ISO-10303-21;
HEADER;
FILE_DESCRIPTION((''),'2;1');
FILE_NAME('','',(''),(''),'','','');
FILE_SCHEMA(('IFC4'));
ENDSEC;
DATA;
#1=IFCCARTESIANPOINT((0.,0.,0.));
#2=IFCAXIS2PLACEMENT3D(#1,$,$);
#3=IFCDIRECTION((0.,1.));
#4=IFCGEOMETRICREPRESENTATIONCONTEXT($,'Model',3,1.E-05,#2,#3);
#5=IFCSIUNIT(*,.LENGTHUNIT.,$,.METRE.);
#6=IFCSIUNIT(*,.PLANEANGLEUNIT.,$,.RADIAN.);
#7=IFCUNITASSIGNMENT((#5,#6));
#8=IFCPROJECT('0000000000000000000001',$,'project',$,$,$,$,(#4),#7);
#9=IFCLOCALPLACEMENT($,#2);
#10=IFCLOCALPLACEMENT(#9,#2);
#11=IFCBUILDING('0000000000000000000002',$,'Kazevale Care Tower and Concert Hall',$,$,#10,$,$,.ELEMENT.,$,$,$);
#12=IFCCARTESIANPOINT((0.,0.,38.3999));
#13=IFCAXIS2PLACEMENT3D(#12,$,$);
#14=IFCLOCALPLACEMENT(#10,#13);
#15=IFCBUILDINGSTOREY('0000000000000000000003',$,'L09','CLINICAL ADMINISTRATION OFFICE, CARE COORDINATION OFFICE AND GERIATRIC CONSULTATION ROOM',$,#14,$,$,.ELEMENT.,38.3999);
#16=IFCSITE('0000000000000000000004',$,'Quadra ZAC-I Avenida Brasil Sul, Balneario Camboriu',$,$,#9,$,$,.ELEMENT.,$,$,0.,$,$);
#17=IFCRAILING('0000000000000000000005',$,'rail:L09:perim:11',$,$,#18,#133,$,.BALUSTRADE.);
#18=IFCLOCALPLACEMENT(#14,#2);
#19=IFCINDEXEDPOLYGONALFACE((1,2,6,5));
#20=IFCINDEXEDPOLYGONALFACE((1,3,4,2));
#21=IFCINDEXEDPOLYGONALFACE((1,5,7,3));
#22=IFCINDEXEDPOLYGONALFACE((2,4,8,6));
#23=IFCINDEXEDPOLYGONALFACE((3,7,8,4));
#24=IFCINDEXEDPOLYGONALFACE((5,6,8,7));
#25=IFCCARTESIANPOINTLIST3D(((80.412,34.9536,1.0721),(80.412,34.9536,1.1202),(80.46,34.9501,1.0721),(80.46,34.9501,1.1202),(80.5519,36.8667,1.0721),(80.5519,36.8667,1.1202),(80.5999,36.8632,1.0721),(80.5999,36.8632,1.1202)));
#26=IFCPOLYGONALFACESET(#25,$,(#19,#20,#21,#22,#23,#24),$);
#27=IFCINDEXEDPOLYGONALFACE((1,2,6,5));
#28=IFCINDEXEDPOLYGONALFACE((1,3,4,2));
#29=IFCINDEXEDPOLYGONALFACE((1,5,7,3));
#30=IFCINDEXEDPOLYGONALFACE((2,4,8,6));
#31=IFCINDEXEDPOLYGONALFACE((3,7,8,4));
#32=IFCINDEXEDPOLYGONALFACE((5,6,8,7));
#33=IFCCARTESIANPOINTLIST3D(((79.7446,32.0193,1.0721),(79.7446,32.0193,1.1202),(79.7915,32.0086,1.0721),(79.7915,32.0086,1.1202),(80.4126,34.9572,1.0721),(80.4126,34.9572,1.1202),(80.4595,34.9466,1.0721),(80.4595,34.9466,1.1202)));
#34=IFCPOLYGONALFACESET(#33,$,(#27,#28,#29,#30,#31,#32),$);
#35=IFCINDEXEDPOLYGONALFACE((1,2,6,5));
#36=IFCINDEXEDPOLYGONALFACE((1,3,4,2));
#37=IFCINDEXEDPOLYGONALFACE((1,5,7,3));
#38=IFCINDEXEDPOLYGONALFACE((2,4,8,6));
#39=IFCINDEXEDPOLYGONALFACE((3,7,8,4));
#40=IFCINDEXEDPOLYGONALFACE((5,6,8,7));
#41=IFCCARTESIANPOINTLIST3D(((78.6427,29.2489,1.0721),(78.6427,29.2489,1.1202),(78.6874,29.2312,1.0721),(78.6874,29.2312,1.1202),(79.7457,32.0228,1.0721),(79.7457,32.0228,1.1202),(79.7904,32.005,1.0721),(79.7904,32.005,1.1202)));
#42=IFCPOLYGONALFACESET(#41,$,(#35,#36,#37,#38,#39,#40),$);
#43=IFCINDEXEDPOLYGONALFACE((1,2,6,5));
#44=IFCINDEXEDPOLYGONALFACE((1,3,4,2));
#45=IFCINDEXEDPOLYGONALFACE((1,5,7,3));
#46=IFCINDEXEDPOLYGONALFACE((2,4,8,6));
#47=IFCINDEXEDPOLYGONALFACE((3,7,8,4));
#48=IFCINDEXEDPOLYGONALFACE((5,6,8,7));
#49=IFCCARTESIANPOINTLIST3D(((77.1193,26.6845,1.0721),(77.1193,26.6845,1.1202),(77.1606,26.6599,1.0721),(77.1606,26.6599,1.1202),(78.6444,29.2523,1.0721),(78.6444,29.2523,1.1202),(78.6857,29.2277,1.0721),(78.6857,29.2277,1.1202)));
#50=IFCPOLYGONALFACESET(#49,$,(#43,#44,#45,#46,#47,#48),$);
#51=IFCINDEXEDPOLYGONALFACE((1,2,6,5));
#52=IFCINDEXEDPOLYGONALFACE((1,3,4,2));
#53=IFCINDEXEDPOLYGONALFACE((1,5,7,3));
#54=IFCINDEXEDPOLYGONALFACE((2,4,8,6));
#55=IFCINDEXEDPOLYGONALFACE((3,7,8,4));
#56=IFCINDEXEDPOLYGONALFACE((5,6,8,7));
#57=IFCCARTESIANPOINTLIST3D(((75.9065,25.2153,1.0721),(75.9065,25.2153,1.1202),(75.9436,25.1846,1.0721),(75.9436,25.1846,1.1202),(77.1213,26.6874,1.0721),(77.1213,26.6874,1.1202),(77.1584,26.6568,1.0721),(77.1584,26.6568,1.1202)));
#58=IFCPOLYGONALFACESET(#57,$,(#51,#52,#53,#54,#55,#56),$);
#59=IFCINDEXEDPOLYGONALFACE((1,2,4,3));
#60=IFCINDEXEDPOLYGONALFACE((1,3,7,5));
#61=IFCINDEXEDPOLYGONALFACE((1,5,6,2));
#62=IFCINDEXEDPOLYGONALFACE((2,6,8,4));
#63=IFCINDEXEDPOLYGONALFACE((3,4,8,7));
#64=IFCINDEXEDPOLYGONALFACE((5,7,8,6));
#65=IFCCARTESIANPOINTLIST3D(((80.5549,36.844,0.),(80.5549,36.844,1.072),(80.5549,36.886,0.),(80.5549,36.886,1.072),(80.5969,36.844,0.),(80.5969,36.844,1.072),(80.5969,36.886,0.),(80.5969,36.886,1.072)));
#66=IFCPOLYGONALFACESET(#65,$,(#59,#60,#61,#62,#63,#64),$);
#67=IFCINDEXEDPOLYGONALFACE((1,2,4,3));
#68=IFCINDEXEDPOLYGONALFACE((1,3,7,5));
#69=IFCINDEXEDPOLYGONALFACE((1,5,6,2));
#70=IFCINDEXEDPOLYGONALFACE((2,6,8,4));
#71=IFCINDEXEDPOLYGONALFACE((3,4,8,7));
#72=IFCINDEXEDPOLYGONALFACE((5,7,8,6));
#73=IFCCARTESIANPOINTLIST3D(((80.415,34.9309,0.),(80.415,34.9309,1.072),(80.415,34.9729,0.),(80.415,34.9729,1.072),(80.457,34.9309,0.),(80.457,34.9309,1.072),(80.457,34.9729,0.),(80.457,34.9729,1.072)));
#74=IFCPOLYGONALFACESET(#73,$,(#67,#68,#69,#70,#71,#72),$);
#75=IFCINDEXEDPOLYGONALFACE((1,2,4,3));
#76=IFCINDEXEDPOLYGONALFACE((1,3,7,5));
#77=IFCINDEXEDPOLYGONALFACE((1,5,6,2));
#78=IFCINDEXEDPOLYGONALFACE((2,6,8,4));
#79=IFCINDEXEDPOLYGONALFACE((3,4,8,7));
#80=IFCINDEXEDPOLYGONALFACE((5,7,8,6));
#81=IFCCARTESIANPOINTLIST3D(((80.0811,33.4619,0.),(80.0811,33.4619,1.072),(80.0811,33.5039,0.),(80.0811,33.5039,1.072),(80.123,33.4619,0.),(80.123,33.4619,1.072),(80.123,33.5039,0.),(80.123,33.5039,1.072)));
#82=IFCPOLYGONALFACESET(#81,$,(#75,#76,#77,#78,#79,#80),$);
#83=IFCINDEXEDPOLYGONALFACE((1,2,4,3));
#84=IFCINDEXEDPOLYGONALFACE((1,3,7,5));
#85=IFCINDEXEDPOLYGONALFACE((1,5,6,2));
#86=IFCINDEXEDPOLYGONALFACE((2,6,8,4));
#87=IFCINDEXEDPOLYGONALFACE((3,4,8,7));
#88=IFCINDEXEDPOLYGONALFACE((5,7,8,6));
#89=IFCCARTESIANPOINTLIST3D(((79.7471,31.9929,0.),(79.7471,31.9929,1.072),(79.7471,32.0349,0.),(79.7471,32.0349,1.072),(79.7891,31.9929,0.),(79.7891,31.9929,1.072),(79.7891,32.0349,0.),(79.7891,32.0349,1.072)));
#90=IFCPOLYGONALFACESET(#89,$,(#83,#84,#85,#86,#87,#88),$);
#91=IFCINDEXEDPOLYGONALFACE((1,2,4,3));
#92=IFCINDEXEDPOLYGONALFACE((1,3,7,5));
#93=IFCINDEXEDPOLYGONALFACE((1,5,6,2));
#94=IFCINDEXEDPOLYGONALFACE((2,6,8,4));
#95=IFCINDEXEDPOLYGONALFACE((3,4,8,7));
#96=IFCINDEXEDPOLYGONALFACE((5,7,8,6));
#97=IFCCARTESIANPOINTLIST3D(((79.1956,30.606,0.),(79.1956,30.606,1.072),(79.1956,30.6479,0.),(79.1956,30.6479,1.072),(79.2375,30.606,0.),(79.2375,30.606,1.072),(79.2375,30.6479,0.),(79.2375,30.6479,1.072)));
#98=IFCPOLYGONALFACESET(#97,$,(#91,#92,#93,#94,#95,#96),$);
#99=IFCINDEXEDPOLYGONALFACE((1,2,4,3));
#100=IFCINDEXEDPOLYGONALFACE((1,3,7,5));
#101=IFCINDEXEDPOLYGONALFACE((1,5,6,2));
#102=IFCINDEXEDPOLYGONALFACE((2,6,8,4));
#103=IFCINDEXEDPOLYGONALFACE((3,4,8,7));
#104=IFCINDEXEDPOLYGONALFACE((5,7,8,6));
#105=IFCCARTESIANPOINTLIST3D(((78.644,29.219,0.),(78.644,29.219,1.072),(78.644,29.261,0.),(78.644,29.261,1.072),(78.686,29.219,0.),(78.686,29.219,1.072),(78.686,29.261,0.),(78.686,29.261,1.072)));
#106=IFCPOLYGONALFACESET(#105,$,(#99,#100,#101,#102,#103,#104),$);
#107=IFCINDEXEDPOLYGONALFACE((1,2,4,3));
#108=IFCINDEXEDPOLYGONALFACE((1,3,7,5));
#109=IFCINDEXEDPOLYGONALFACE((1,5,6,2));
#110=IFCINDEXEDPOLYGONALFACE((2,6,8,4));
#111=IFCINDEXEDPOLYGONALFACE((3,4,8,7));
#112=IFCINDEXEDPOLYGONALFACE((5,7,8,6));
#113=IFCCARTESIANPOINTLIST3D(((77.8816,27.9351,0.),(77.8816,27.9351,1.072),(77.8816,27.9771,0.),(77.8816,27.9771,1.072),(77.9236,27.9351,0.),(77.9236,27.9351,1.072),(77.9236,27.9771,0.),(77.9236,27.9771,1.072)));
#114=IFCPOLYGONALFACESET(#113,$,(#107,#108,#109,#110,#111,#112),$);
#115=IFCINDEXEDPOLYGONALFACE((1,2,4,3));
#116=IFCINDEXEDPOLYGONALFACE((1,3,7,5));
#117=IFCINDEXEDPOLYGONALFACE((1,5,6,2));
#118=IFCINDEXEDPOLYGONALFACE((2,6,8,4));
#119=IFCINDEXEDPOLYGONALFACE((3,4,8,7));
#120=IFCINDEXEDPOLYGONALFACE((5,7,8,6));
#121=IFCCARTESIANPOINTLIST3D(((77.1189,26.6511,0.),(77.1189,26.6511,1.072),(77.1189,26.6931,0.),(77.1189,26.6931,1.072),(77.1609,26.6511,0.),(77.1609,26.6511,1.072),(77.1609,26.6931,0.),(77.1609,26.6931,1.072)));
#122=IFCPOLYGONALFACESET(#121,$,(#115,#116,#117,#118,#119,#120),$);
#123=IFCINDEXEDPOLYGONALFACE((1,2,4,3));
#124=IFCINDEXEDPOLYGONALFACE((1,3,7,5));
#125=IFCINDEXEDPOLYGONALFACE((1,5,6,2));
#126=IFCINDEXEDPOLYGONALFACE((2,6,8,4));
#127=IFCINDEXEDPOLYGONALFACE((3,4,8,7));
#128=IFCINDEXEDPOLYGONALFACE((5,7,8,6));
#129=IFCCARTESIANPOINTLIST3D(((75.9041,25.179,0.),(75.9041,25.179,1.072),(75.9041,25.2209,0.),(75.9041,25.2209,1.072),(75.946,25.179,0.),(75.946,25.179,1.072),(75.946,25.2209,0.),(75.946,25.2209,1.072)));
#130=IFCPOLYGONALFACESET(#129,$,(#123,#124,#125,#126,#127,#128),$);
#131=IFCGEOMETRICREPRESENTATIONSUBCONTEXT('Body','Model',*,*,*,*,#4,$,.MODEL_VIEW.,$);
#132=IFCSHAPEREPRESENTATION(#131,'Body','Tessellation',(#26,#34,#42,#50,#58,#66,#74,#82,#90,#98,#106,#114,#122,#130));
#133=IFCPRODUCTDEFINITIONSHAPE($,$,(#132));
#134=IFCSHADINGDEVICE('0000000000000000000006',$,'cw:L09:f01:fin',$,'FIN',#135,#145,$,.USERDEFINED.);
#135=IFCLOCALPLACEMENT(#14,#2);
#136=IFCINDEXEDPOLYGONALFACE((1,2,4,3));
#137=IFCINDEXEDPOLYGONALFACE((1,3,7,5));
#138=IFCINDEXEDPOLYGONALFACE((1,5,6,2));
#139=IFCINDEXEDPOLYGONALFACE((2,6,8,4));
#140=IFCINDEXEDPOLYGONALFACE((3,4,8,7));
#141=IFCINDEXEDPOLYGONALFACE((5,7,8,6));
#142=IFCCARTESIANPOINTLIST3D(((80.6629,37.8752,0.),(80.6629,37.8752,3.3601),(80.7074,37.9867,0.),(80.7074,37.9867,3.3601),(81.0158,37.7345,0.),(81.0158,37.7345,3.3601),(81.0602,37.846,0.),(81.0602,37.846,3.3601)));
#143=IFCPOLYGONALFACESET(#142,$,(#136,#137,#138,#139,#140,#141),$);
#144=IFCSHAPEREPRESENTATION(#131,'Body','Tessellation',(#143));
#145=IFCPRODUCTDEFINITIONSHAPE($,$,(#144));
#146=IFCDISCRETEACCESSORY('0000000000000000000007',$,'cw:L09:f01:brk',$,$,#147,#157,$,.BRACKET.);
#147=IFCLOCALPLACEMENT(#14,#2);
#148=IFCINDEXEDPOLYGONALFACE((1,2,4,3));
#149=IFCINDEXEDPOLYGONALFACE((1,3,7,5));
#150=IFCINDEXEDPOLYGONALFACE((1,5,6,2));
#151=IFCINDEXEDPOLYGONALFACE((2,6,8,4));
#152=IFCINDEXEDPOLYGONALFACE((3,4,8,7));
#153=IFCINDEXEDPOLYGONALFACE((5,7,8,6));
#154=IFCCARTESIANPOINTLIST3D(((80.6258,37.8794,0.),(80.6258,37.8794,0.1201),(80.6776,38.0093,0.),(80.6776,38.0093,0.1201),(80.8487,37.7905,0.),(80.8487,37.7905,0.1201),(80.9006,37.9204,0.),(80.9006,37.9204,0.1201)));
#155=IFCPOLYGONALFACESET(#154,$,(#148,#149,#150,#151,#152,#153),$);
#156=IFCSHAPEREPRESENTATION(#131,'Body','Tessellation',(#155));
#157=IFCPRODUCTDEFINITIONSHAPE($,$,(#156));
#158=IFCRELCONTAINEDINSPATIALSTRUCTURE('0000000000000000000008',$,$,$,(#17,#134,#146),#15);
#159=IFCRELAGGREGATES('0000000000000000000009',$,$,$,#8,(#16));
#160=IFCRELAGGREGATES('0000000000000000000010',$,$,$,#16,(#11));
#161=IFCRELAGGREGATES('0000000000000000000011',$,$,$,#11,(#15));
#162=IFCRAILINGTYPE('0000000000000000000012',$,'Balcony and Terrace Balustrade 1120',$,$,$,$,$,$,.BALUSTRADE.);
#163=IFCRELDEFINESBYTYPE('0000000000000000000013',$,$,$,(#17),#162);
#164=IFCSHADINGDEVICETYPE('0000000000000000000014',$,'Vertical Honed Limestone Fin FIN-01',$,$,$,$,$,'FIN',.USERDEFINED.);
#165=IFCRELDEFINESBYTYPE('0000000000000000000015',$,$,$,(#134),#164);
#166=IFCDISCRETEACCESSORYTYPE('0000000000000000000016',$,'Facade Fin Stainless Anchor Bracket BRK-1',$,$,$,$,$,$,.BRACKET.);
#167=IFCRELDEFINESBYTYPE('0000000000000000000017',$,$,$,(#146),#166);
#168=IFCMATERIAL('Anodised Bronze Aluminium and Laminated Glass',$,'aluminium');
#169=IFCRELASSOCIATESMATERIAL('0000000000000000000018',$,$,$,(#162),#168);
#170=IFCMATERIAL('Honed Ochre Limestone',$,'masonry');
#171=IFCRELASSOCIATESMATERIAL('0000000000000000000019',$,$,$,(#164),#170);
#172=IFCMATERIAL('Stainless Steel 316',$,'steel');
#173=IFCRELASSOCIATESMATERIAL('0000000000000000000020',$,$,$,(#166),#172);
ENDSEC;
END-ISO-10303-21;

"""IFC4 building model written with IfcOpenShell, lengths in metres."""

from ifc_helpers import new_model, si_unit, direction, frame, origin, origin_2d, place, context, subcontext, project, spatial, rectangle, extrude, material, type_object, element, save


model = new_model("IFC4")

# Units and contexts
model_context = context("Model", 3, precision=1e-05, world=origin(), true_north=direction((0.0, 1.0)))
body_context = subcontext(model_context, "Body", "Model", "MODEL_VIEW")
ifc_project = project(units=[si_unit("LENGTHUNIT", "METRE"), si_unit("PLANEANGLEUNIT", "RADIAN")], contexts=[model_context])

# Site, building, storey
site_placement = place(None, origin())
site = spatial("IfcSite", under=ifc_project, at=site_placement, Name="Quadra ZAC-I Avenida Brasil Sul, Balneario Camboriu", CompositionType="ELEMENT", RefElevation=0.0)
building_placement = place(site_placement, origin())
building = spatial("IfcBuilding", under=site, at=building_placement, Name="Kazevale Care Tower and Concert Hall", CompositionType="ELEMENT")
storey_placement = place(building_placement, frame((0.0, 0.0, 38.3999)))
storey = spatial("IfcBuildingStorey", under=building, at=storey_placement, Name="L09", Description="CLINICAL ADMINISTRATION OFFICE, CARE COORDINATION OFFICE AND GERIATRIC CONSULTATION ROOM", CompositionType="ELEMENT", Elevation=38.3999)

# Railing
ifc_material_1 = material(Name="Anodised Bronze Aluminium and Laminated Glass", Category="aluminium")
railing_type = type_object("IfcRailingType", Name="Balcony and Terrace Balustrade 1120", PredefinedType="BALUSTRADE", material=ifc_material_1)
railing_placement = place(storey_placement, frame((80.5759, 36.865, 0.0)))
element("IfcRailing", 1, at=railing_placement, inside=storey, type_object=railing_type, Name="rail:L09:perim:11", PredefinedType="BALUSTRADE", context=body_context, shape_type="SweptSolid", body=[
    extrude(rectangle(XDim=0.0481, YDim=0.0481, at=origin_2d()), frame((0.0, 0.0, 1.0962), z_axis=(-0.072929, -0.997337, 0.0), x_axis=(0.997337, -0.072929, 0.0)), (0.0, 0.0, 1.0), 1.9182),
    extrude(rectangle(XDim=0.0481, YDim=0.0481, at=origin_2d()), frame((-0.1399, -1.9131, 1.0962), z_axis=(-0.221698, -0.975115, 0.0), x_axis=(0.975115, -0.221698, 0.0)), (0.0, 0.0, 1.0), 3.0129),
    extrude(rectangle(XDim=0.0481, YDim=0.0481, at=origin_2d()), frame((-0.8079, -4.8511, 1.0962), z_axis=(-0.3695, -0.929231, 0.0), x_axis=(0.929231, -0.3695, 0.0)), (0.0, 0.0, 1.0), 2.9851),
    extrude(rectangle(XDim=0.0481, YDim=0.0481, at=origin_2d()), frame((-1.9109, -7.625, 1.0962), z_axis=(-0.510656, -0.859785, 0.0), x_axis=(0.859785, -0.510656, 0.0)), (0.0, 0.0, 1.0), 2.9866),
    extrude(rectangle(XDim=0.0481, YDim=0.0481, at=origin_2d()), frame((-3.436, -10.1929, 1.0962), z_axis=(-0.636478, -0.771295, 0.0), x_axis=(0.771295, -0.636478, 0.0)), (0.0, 0.0, 1.0), 1.9087),
    extrude(rectangle(XDim=0.042, YDim=0.042, at=origin_2d()), origin(), (0.0, 0.0, 1.0), 1.072),
    extrude(rectangle(XDim=0.042, YDim=0.042, at=origin_2d()), frame((-0.1399, -1.9131, 0.0)), (0.0, 0.0, 1.0), 1.072),
    extrude(rectangle(XDim=0.042, YDim=0.042, at=origin_2d()), frame((-0.4739, -3.3821, 0.0)), (0.0, 0.0, 1.0), 1.072),
    extrude(rectangle(XDim=0.042, YDim=0.042, at=origin_2d()), frame((-0.8079, -4.8511, 0.0)), (0.0, 0.0, 1.0), 1.072),
    extrude(rectangle(XDim=0.042, YDim=0.042, at=origin_2d()), frame((-1.3594, -6.238, 0.0)), (0.0, 0.0, 1.0), 1.072),
    extrude(rectangle(XDim=0.042, YDim=0.042, at=origin_2d()), frame((-1.9109, -7.625, 0.0)), (0.0, 0.0, 1.0), 1.072),
    extrude(rectangle(XDim=0.042, YDim=0.042, at=origin_2d()), frame((-2.6733, -8.9089, 0.0)), (0.0, 0.0, 1.0), 1.072),
    extrude(rectangle(XDim=0.042, YDim=0.042, at=origin_2d()), frame((-3.436, -10.1929, 0.0)), (0.0, 0.0, 1.0), 1.072),
    extrude(rectangle(XDim=0.042, YDim=0.042, at=origin_2d()), frame((-4.6509, -11.665, 0.0)), (0.0, 0.0, 1.0), 1.072),
])

# Shading device
ifc_material_2 = material(Name="Honed Ochre Limestone", Category="masonry")
shading_device_type = type_object("IfcShadingDeviceType", Name="Vertical Honed Limestone Fin FIN-01", ElementType="FIN", PredefinedType="USERDEFINED", material=ifc_material_2)
shading_device_placement = place(storey_placement, frame((80.8616, 37.8606, 0.0), z_axis=(0.0, 0.0, 1.0), x_axis=(0.928874, -0.370395, 0.0)))
element("IfcShadingDevice", 2, at=shading_device_placement, inside=storey, type_object=shading_device_type, Name="cw:L09:f01:fin", ObjectType="FIN", PredefinedType="USERDEFINED", context=body_context, shape_type="SweptSolid", body=[
    extrude(rectangle(XDim=0.3799, YDim=0.1201, at=origin_2d()), origin(), (0.0, 0.0, 1.0), 3.3601),
])

# Discrete accessory
ifc_material_3 = material(Name="Stainless Steel 316", Category="steel")
discrete_accessory_type = type_object("IfcDiscreteAccessoryType", Name="Facade Fin Stainless Anchor Bracket BRK-1", PredefinedType="BRACKET", material=ifc_material_3)
discrete_accessory_placement = place(storey_placement, frame((80.7632, 37.8999, 0.0), z_axis=(0.0, 0.0, 1.0), x_axis=(0.928874, -0.370395, 0.0)))
element("IfcDiscreteAccessory", 3, at=discrete_accessory_placement, inside=storey, type_object=discrete_accessory_type, Name="cw:L09:f01:brk", PredefinedType="BRACKET", context=body_context, shape_type="SweptSolid", body=[
    extrude(rectangle(XDim=0.24, YDim=0.1399, at=origin_2d()), origin(), (0.0, 0.0, 1.0), 0.1201),
])

save(model, "model.ifc")
